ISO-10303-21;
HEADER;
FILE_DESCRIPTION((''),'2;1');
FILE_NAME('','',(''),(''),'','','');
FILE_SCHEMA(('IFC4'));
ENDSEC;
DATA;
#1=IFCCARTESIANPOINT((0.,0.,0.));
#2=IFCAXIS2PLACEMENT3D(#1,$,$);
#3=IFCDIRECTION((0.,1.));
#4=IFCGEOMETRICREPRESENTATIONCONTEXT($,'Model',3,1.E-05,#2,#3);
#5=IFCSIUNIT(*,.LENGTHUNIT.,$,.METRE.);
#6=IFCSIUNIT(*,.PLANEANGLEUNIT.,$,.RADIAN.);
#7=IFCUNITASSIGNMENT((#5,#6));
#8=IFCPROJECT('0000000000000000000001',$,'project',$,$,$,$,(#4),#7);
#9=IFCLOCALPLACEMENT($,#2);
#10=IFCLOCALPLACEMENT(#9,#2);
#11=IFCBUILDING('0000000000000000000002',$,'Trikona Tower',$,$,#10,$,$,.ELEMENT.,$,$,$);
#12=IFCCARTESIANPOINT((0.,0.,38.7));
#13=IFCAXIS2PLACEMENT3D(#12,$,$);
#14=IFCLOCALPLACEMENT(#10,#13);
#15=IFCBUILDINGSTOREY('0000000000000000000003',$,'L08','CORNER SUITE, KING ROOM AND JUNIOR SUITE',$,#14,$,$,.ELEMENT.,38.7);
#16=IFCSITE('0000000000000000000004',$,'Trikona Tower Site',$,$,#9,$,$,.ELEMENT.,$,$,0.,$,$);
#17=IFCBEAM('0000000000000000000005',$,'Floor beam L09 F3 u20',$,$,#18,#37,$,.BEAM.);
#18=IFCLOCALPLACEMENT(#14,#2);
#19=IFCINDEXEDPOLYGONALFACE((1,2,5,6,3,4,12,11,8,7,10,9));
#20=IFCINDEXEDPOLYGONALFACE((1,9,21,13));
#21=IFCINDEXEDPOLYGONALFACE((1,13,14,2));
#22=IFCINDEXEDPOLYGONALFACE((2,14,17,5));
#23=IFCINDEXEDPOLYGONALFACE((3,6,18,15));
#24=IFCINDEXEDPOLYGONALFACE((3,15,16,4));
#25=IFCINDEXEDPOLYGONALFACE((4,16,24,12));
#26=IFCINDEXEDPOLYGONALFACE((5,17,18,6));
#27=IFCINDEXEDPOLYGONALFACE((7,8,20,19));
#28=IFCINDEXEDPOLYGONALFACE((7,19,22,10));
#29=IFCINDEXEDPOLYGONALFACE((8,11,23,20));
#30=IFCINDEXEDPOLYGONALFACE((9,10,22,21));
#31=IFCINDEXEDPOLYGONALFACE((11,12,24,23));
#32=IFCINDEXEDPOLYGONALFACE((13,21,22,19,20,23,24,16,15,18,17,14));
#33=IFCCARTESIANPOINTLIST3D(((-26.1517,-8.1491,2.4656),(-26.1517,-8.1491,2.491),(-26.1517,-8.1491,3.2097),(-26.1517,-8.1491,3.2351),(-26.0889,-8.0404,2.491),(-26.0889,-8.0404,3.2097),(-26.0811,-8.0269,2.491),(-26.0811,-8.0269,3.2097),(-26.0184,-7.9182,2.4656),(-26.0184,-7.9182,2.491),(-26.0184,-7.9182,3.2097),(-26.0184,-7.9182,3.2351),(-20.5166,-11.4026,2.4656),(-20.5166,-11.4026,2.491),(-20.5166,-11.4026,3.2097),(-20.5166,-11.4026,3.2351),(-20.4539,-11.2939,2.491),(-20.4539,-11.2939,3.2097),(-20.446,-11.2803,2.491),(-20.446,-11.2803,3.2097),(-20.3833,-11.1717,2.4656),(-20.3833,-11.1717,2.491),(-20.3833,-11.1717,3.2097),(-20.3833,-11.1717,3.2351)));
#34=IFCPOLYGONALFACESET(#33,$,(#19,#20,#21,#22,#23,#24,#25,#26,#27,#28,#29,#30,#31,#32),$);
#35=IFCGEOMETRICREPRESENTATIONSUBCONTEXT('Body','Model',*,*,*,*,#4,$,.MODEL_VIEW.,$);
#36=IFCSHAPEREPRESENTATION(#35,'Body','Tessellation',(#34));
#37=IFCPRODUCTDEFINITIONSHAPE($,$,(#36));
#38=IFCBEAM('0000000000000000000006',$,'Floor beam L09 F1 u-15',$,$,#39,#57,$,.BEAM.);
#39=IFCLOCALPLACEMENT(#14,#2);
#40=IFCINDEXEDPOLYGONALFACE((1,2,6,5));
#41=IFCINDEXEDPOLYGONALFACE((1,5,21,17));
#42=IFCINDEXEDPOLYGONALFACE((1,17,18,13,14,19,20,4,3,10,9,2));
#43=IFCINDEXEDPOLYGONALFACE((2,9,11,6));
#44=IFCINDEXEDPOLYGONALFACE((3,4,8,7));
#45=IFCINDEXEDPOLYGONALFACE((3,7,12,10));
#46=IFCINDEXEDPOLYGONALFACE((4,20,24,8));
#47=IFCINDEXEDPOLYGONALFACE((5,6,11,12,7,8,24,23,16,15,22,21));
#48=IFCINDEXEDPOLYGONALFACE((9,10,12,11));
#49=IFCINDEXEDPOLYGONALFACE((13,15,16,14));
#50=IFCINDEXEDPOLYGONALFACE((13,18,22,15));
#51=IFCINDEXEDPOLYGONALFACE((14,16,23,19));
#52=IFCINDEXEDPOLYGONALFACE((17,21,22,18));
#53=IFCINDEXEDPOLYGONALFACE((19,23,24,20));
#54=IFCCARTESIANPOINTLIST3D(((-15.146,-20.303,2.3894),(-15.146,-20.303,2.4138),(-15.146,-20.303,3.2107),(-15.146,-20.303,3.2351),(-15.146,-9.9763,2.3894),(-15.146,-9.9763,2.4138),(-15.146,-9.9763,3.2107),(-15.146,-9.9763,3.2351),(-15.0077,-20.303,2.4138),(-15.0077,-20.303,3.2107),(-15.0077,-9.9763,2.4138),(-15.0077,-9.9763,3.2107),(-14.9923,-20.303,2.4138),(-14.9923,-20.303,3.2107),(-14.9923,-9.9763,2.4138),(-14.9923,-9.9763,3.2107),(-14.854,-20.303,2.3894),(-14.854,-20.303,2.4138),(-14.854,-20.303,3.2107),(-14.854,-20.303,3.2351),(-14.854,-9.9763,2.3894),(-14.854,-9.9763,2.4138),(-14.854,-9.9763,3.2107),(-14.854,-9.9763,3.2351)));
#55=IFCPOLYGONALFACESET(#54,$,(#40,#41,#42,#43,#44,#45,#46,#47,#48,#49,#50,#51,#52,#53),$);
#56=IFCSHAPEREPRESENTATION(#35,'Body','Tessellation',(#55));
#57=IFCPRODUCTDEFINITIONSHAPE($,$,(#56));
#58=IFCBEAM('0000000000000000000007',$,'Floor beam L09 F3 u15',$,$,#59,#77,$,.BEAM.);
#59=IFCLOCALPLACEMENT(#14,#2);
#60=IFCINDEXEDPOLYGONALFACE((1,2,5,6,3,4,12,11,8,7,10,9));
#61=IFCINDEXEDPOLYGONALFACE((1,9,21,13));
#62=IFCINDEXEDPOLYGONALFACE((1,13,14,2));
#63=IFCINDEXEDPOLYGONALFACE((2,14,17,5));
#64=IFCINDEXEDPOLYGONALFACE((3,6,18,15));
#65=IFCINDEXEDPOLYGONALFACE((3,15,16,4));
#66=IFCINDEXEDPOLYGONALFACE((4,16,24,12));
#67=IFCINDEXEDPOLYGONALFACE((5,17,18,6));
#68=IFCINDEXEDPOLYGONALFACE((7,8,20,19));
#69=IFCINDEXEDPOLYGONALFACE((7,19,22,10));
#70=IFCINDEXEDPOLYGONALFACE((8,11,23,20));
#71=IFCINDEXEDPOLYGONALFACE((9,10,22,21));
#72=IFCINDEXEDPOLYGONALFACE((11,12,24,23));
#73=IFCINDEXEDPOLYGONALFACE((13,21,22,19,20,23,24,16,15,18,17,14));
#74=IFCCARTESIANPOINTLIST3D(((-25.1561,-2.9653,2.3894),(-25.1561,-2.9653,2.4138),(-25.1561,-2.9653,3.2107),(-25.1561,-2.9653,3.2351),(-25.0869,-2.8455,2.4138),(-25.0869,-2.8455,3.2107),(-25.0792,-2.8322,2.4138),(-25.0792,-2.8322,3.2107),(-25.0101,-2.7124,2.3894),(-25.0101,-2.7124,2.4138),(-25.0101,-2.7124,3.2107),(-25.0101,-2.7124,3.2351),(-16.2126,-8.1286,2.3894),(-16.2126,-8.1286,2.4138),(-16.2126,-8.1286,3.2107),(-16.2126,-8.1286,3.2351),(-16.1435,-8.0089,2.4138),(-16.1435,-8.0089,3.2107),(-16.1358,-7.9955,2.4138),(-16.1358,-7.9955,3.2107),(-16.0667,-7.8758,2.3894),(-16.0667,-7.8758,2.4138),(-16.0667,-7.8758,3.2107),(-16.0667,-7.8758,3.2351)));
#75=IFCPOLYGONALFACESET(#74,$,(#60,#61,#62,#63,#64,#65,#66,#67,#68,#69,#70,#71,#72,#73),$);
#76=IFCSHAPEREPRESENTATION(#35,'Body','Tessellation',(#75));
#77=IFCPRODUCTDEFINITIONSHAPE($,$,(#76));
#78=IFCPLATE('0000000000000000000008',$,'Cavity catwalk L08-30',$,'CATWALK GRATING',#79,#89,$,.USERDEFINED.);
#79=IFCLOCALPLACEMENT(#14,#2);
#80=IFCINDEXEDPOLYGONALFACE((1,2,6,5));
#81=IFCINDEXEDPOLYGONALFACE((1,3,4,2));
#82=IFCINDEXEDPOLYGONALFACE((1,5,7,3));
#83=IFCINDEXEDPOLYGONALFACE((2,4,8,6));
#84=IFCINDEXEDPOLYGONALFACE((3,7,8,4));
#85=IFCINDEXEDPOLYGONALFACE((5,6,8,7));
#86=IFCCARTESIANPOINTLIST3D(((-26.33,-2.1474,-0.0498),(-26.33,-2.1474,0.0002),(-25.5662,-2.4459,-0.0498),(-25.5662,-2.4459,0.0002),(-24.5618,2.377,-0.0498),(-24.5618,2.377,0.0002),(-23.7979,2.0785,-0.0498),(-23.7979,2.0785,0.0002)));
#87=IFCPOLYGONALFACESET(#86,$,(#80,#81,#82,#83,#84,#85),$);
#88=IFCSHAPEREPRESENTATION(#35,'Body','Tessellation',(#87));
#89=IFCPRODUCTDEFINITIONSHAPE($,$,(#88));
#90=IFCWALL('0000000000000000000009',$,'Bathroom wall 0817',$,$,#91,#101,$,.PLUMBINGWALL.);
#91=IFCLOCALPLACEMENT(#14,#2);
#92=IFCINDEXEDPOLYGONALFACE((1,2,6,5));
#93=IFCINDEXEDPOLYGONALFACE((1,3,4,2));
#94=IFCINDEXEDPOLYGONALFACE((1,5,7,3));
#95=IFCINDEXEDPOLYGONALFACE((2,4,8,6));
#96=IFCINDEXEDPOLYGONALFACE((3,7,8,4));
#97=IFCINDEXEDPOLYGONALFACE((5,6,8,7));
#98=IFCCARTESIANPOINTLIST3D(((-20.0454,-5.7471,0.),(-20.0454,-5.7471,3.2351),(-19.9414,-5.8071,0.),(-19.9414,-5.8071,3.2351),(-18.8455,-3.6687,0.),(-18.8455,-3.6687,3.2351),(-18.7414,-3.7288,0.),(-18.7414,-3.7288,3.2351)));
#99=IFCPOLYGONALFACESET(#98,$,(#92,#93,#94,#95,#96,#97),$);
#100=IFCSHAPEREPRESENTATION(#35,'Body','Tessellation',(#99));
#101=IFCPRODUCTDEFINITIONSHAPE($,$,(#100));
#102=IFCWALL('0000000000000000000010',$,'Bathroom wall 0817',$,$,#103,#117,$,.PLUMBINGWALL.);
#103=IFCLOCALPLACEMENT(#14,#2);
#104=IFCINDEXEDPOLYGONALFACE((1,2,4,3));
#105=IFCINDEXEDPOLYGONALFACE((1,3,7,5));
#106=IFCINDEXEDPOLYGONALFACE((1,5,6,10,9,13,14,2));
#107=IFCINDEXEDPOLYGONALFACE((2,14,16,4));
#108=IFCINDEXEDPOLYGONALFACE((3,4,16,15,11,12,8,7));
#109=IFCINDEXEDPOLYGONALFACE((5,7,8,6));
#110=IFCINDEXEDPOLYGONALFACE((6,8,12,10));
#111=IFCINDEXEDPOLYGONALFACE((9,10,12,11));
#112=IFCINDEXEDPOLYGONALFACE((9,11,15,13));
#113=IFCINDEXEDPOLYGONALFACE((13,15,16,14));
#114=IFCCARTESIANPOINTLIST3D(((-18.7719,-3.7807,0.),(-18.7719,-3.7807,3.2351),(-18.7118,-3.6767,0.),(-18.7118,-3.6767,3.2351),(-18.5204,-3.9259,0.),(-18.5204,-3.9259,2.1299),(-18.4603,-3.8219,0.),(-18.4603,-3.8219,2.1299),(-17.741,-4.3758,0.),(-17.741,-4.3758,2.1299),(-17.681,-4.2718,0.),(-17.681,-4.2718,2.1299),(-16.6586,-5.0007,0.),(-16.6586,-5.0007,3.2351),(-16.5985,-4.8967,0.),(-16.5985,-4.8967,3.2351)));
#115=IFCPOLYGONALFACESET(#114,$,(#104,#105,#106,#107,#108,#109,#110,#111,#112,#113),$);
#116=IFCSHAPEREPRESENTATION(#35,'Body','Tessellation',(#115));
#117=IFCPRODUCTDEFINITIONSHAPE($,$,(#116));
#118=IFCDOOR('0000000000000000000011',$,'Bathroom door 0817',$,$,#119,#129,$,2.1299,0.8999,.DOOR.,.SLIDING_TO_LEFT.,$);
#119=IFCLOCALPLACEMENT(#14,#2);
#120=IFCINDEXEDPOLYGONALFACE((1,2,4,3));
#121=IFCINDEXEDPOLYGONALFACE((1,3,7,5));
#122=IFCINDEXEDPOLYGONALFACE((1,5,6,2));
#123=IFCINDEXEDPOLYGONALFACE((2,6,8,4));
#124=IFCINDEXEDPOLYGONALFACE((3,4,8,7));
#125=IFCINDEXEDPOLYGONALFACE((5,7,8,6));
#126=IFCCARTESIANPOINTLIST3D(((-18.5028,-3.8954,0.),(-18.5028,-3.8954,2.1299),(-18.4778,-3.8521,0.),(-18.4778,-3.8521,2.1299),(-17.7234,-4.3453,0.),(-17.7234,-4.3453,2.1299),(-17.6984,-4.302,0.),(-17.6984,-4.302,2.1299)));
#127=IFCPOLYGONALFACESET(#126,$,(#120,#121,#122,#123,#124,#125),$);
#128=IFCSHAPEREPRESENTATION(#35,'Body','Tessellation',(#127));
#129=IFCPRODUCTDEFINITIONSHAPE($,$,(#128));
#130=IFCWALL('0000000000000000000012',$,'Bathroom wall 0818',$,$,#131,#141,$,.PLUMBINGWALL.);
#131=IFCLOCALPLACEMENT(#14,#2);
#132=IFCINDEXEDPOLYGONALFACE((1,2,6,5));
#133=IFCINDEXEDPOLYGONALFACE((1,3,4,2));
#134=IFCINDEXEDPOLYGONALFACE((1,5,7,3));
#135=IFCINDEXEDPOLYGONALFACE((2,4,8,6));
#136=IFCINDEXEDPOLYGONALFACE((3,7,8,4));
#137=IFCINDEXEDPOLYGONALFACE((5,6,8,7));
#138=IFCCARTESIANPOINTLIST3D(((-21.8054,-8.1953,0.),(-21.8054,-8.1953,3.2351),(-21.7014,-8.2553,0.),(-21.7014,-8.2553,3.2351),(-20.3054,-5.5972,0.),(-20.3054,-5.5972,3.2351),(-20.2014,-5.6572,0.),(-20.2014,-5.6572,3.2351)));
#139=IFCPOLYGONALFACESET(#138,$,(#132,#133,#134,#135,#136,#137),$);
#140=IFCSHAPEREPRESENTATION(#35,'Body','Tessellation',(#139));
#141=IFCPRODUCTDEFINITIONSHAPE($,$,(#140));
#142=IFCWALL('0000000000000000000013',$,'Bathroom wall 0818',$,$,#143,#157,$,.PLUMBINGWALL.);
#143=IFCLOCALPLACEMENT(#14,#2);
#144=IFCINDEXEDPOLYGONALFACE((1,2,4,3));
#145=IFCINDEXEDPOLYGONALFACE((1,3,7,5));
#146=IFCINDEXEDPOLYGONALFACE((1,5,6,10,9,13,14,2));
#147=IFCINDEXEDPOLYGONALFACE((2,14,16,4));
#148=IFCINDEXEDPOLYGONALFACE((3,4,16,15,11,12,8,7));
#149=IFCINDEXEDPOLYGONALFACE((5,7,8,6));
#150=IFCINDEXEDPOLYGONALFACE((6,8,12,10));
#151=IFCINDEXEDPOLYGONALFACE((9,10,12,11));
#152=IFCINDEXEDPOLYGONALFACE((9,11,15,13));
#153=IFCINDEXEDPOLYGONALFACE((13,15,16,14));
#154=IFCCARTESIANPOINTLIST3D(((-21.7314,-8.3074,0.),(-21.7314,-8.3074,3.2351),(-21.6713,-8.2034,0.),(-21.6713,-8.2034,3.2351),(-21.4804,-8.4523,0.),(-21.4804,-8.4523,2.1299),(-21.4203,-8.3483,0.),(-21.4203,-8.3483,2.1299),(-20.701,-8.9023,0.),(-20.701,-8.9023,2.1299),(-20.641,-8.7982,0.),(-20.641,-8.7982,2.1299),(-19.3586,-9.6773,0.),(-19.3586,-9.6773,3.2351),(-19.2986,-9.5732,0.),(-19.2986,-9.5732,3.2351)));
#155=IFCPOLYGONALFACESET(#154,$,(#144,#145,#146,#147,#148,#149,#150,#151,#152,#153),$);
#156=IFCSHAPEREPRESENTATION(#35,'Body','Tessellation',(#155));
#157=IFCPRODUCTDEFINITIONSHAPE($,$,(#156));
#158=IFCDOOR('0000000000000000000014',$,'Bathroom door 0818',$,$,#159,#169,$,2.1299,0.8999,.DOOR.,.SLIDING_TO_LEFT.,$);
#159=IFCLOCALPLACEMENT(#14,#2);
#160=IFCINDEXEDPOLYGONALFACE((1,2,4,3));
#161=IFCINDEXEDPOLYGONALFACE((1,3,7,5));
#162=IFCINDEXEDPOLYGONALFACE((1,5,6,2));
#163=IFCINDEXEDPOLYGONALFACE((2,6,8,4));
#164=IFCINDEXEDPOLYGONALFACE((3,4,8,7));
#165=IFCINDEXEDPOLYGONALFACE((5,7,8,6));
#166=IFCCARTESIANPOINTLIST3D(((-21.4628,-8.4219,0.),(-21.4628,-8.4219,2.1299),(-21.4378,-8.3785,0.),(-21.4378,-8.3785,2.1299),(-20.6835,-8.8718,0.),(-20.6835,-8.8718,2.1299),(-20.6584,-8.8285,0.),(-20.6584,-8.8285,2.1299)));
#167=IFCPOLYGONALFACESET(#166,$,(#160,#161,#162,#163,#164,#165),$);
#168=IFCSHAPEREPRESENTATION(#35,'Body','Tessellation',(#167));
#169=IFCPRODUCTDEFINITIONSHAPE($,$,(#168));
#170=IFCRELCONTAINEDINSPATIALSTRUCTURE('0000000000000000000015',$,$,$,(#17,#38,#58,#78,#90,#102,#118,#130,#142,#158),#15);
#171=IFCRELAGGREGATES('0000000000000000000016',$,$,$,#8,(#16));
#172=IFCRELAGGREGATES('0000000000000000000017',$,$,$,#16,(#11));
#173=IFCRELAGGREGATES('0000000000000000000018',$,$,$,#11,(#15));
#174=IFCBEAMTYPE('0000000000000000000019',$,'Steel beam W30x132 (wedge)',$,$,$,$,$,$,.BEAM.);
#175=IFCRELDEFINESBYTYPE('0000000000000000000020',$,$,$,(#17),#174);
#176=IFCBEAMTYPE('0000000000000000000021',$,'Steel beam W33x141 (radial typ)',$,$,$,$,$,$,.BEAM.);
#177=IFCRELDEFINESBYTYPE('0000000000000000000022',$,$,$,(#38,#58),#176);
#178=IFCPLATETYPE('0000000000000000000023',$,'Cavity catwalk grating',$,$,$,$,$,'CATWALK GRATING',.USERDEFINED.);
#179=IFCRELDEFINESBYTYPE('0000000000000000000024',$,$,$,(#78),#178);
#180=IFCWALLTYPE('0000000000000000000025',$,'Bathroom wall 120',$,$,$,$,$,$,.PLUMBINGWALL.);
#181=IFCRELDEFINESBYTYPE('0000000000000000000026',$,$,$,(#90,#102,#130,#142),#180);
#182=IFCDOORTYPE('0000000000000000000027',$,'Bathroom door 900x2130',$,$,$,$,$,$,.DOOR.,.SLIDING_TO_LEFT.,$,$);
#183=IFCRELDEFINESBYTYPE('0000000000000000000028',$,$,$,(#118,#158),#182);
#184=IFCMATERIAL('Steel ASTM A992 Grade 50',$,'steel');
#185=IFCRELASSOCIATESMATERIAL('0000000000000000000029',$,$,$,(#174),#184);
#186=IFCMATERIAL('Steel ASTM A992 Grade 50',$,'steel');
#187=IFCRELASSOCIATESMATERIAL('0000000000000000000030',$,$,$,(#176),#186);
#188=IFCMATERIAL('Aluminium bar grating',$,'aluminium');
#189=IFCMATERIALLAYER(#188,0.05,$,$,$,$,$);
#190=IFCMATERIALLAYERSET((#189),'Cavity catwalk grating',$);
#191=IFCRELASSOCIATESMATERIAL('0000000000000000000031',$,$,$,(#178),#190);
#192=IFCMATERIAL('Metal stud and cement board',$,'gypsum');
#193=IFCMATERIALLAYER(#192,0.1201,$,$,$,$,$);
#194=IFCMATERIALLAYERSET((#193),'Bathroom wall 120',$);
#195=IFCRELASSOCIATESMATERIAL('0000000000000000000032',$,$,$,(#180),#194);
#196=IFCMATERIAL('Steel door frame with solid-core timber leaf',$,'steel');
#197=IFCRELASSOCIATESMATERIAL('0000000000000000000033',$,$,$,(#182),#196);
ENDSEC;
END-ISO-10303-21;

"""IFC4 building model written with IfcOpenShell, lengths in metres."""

from ifc_helpers import new_model, si_unit, direction, frame, frame_2d, origin, origin_2d, place, context, subcontext, project, spatial, rectangle, i_section, extrude, material, layer, layer_set, material_profile, profile_set, type_object, element, fill, save


model = new_model("IFC4")

# Units and contexts
model_context = context("Model", 3, precision=1e-05, world=origin(), true_north=direction((0.0, 1.0)))
body_context = subcontext(model_context, "Body", "Model", "MODEL_VIEW")
ifc_project = project(units=[si_unit("LENGTHUNIT", "METRE"), si_unit("PLANEANGLEUNIT", "RADIAN")], contexts=[model_context])

# Site, building, storey
site_placement = place(None, origin())
site = spatial("IfcSite", under=ifc_project, at=site_placement, Name="Trikona Tower Site", CompositionType="ELEMENT", RefElevation=0.0)
building_placement = place(site_placement, origin())
building = spatial("IfcBuilding", under=site, at=building_placement, Name="Trikona Tower", CompositionType="ELEMENT")
storey_placement = place(building_placement, frame((0.0, 0.0, 38.7)))
storey = spatial("IfcBuildingStorey", under=building, at=storey_placement, Name="L08", Description="CORNER SUITE, KING ROOM AND JUNIOR SUITE", CompositionType="ELEMENT", Elevation=38.7)

# Beams
ifc_material_1 = material(Name="Steel ASTM A992 Grade 50", Category="steel")
ifc_material_profile_1 = material_profile(ifc_material_1, i_section(OverallWidth=0.2666, OverallDepth=0.7695, WebThickness=0.0156, FlangeThickness=0.0254, at=origin_2d()), Name="W30X132")
ifc_profile_set_1 = profile_set([ifc_material_profile_1], Name="Steel ASTM A992 Grade 50")
beam_type_1 = type_object("IfcBeamType", Name="Steel beam W30x132 (wedge)", PredefinedType="BEAM", material=ifc_profile_set_1)
beam_1_placement = place(storey_placement, frame((-20.45, -11.2871, 2.8503), z_axis=(-0.866023, 0.500005, 0.0), x_axis=(-0.500005, -0.866023, 0.0)))
element("IfcBeam", 1, at=beam_1_placement, inside=storey, type_object=beam_type_1, Name="Floor beam L09 F3 u20", PredefinedType="BEAM", context=body_context, shape_type="SweptSolid", body=[
    extrude(i_section(OverallWidth=0.2666, OverallDepth=0.7695, WebThickness=0.0156, FlangeThickness=0.0254, at=origin_2d()), origin(), (0.0, 0.0, 1.0), 6.5068),
])
ifc_material_2 = material(Name="Steel ASTM A992 Grade 50", Category="steel")
ifc_material_profile_2 = material_profile(ifc_material_2, i_section(OverallWidth=0.292, OverallDepth=0.8457, WebThickness=0.0154, FlangeThickness=0.0244, at=origin_2d()), Name="W33X141")
ifc_profile_set_2 = profile_set([ifc_material_profile_2], Name="Steel ASTM A992 Grade 50")
beam_type_2 = type_object("IfcBeamType", Name="Steel beam W33x141 (radial typ)", PredefinedType="BEAM", material=ifc_profile_set_2)
beam_2_placement = place(storey_placement, frame((-15.0, -9.9763, 2.8123), z_axis=(0.0, -1.0, 0.0), x_axis=(1.0, 0.0, 0.0)))
element("IfcBeam", 2, at=beam_2_placement, inside=storey, type_object=beam_type_2, Name="Floor beam L09 F1 u-15", PredefinedType="BEAM", context=body_context, shape_type="SweptSolid", body=[
    extrude(i_section(OverallWidth=0.292, OverallDepth=0.8457, WebThickness=0.0154, FlangeThickness=0.0244, at=origin_2d()), origin(), (0.0, 0.0, 1.0), 10.3267),
])
beam_3_placement = place(storey_placement, frame((-16.1396, -8.0022, 2.8123), z_axis=(-0.86603, 0.499991, 0.0), x_axis=(-0.499991, -0.86603, 0.0)))
element("IfcBeam", 3, at=beam_3_placement, inside=storey, type_object=beam_type_2, Name="Floor beam L09 F3 u15", PredefinedType="BEAM", context=body_context, shape_type="SweptSolid", body=[
    extrude(i_section(OverallWidth=0.292, OverallDepth=0.8457, WebThickness=0.0154, FlangeThickness=0.0244, at=origin_2d()), origin(), (0.0, 0.0, 1.0), 10.3269),
])

# Plate
ifc_material_3 = material(Name="Aluminium bar grating", Category="aluminium")
ifc_layer_1 = layer(ifc_material_3, 0.05)
ifc_layer_set_1 = layer_set([ifc_layer_1], Name="Cavity catwalk grating")
plate_type = type_object("IfcPlateType", Name="Cavity catwalk grating", ElementType="CATWALK GRATING", PredefinedType="USERDEFINED", material=ifc_layer_set_1)
plate_placement = place(storey_placement, frame((-25.064, -0.0344, -0.0498), z_axis=(0.0, 0.0, 1.0), x_axis=(-0.364009, -0.931395, 0.0)))
element("IfcPlate", 4, at=plate_placement, inside=storey, type_object=plate_type, Name="Cavity catwalk L08-30", ObjectType="CATWALK GRATING", PredefinedType="USERDEFINED", context=body_context, shape_type="SweptSolid", body=[
    extrude(rectangle(XDim=4.8577, YDim=0.8201, at=origin_2d()), origin(), (0.0, 0.0, 1.0), 0.05),
])

# Wall
ifc_material_4 = material(Name="Metal stud and cement board", Category="gypsum")
ifc_layer_2 = layer(ifc_material_4, 0.1201)
ifc_layer_set_2 = layer_set([ifc_layer_2], Name="Bathroom wall 120")
wall_type_1 = type_object("IfcWallType", Name="Bathroom wall 120", PredefinedType="PLUMBINGWALL", material=ifc_layer_set_2)
wall_1_placement = place(storey_placement, frame((-18.7935, -3.6987, 0.0), z_axis=(0.0, 0.0, 1.0), x_axis=(-0.500001, -0.866025, 0.0)))
element("IfcWall", 5, at=wall_1_placement, inside=storey, type_object=wall_type_1, Name="Bathroom wall 0817", PredefinedType="PLUMBINGWALL", context=body_context, shape_type="SweptSolid", body=[
    extrude(rectangle(XDim=2.3999, YDim=0.1201, at=frame_2d((1.2, 0.0))), origin(), (0.0, 0.0, 1.0), 3.2351),
])

# Wall, opening, door
wall_2_placement = place(storey_placement, frame((-16.6284, -4.9487, 0.0), z_axis=(0.0, 0.0, 1.0), x_axis=(-0.866049, 0.499959, 0.0)))
wall_2 = element("IfcWall", 6, at=wall_2_placement, inside=storey, type_object=wall_type_1, Name="Bathroom wall 0817", PredefinedType="PLUMBINGWALL", context=body_context, shape_type="SweptSolid", body=[
    extrude(rectangle(XDim=2.4402, YDim=0.1201, at=frame_2d((1.2202, 0.0))), origin(), (0.0, 0.0, 1.0), 3.2351),
])
opening_1_placement = place(wall_2_placement, frame((1.25, 0.0, 0.0)))
opening_1 = element("IfcOpeningElement", 7, at=opening_1_placement, cuts=wall_2, PredefinedType="OPENING", context=body_context, shape_type="SweptSolid", body=[
    extrude(rectangle(XDim=0.8999, YDim=2.1299, at=frame_2d((0.45, 1.0649))), frame((0.0, 0.0701, 0.0), z_axis=(0.0, -1.0, 0.0), x_axis=(1.0, 0.0, 0.0)), (0.0, 0.0, 1.0), 0.1401),
])
ifc_material_5 = material(Name="Steel door frame with solid-core timber leaf", Category="steel")
door_type_1 = type_object("IfcDoorType", Name="Bathroom door 900x2130", OperationType="SLIDING_TO_LEFT", PredefinedType="DOOR", material=ifc_material_5)
door_1_placement = place(opening_1_placement, origin())
door_1 = element("IfcDoor", 8, at=door_1_placement, inside=storey, type_object=door_type_1, Name="Bathroom door 0817", OperationType="SLIDING_TO_LEFT", OverallHeight=2.1299, OverallWidth=0.8999, PredefinedType="DOOR", context=body_context, shape_type="SweptSolid", body=[
    extrude(rectangle(XDim=0.8999, YDim=2.1299, at=frame_2d((0.45, 1.0649))), frame((0.0, 0.0249, 0.0), z_axis=(0.0, -1.0, 0.0), x_axis=(1.0, 0.0, 0.0)), (0.0, 0.0, 1.0), 0.05),
])
fill(opening_1, door_1)

# Wall
wall_3_placement = place(storey_placement, frame((-20.2534, -5.6272, 0.0), z_axis=(0.0, 0.0, 1.0), x_axis=(-0.49999, -0.866031, 0.0)))
element("IfcWall", 9, at=wall_3_placement, inside=storey, type_object=wall_type_1, Name="Bathroom wall 0818", PredefinedType="PLUMBINGWALL", context=body_context, shape_type="SweptSolid", body=[
    extrude(rectangle(XDim=3.0, YDim=0.1201, at=frame_2d((1.5, 0.0))), origin(), (0.0, 0.0, 1.0), 3.2351),
])

# Wall, opening, door
wall_4_placement = place(storey_placement, frame((-19.3286, -9.6252, 0.0), z_axis=(0.0, 0.0, 1.0), x_axis=(-0.866036, 0.499982, 0.0)))
wall_4 = element("IfcWall", 10, at=wall_4_placement, inside=storey, type_object=wall_type_1, Name="Bathroom wall 0818", PredefinedType="PLUMBINGWALL", context=body_context, shape_type="SweptSolid", body=[
    extrude(rectangle(XDim=2.7397, YDim=0.1201, at=frame_2d((1.3699, 0.0))), origin(), (0.0, 0.0, 1.0), 3.2351),
])
opening_2_placement = place(wall_4_placement, frame((1.55, 0.0, 0.0)))
opening_2 = element("IfcOpeningElement", 11, at=opening_2_placement, cuts=wall_4, PredefinedType="OPENING", context=body_context, shape_type="SweptSolid", body=[
    extrude(rectangle(XDim=0.8999, YDim=2.1299, at=frame_2d((0.45, 1.0649))), frame((0.0, 0.0701, 0.0), z_axis=(0.0, -1.0, 0.0), x_axis=(1.0, 0.0, 0.0)), (0.0, 0.0, 1.0), 0.1401),
])
door_2_placement = place(opening_2_placement, origin())
door_2 = element("IfcDoor", 12, at=door_2_placement, inside=storey, type_object=door_type_1, Name="Bathroom door 0818", OperationType="SLIDING_TO_LEFT", OverallHeight=2.1299, OverallWidth=0.8999, PredefinedType="DOOR", context=body_context, shape_type="SweptSolid", body=[
    extrude(rectangle(XDim=0.8999, YDim=2.1299, at=frame_2d((0.45, 1.0649))), frame((0.0, 0.0249, 0.0), z_axis=(0.0, -1.0, 0.0), x_axis=(1.0, 0.0, 0.0)), (0.0, 0.0, 1.0), 0.05),
])
fill(opening_2, door_2)

save(model, "model.ifc")
